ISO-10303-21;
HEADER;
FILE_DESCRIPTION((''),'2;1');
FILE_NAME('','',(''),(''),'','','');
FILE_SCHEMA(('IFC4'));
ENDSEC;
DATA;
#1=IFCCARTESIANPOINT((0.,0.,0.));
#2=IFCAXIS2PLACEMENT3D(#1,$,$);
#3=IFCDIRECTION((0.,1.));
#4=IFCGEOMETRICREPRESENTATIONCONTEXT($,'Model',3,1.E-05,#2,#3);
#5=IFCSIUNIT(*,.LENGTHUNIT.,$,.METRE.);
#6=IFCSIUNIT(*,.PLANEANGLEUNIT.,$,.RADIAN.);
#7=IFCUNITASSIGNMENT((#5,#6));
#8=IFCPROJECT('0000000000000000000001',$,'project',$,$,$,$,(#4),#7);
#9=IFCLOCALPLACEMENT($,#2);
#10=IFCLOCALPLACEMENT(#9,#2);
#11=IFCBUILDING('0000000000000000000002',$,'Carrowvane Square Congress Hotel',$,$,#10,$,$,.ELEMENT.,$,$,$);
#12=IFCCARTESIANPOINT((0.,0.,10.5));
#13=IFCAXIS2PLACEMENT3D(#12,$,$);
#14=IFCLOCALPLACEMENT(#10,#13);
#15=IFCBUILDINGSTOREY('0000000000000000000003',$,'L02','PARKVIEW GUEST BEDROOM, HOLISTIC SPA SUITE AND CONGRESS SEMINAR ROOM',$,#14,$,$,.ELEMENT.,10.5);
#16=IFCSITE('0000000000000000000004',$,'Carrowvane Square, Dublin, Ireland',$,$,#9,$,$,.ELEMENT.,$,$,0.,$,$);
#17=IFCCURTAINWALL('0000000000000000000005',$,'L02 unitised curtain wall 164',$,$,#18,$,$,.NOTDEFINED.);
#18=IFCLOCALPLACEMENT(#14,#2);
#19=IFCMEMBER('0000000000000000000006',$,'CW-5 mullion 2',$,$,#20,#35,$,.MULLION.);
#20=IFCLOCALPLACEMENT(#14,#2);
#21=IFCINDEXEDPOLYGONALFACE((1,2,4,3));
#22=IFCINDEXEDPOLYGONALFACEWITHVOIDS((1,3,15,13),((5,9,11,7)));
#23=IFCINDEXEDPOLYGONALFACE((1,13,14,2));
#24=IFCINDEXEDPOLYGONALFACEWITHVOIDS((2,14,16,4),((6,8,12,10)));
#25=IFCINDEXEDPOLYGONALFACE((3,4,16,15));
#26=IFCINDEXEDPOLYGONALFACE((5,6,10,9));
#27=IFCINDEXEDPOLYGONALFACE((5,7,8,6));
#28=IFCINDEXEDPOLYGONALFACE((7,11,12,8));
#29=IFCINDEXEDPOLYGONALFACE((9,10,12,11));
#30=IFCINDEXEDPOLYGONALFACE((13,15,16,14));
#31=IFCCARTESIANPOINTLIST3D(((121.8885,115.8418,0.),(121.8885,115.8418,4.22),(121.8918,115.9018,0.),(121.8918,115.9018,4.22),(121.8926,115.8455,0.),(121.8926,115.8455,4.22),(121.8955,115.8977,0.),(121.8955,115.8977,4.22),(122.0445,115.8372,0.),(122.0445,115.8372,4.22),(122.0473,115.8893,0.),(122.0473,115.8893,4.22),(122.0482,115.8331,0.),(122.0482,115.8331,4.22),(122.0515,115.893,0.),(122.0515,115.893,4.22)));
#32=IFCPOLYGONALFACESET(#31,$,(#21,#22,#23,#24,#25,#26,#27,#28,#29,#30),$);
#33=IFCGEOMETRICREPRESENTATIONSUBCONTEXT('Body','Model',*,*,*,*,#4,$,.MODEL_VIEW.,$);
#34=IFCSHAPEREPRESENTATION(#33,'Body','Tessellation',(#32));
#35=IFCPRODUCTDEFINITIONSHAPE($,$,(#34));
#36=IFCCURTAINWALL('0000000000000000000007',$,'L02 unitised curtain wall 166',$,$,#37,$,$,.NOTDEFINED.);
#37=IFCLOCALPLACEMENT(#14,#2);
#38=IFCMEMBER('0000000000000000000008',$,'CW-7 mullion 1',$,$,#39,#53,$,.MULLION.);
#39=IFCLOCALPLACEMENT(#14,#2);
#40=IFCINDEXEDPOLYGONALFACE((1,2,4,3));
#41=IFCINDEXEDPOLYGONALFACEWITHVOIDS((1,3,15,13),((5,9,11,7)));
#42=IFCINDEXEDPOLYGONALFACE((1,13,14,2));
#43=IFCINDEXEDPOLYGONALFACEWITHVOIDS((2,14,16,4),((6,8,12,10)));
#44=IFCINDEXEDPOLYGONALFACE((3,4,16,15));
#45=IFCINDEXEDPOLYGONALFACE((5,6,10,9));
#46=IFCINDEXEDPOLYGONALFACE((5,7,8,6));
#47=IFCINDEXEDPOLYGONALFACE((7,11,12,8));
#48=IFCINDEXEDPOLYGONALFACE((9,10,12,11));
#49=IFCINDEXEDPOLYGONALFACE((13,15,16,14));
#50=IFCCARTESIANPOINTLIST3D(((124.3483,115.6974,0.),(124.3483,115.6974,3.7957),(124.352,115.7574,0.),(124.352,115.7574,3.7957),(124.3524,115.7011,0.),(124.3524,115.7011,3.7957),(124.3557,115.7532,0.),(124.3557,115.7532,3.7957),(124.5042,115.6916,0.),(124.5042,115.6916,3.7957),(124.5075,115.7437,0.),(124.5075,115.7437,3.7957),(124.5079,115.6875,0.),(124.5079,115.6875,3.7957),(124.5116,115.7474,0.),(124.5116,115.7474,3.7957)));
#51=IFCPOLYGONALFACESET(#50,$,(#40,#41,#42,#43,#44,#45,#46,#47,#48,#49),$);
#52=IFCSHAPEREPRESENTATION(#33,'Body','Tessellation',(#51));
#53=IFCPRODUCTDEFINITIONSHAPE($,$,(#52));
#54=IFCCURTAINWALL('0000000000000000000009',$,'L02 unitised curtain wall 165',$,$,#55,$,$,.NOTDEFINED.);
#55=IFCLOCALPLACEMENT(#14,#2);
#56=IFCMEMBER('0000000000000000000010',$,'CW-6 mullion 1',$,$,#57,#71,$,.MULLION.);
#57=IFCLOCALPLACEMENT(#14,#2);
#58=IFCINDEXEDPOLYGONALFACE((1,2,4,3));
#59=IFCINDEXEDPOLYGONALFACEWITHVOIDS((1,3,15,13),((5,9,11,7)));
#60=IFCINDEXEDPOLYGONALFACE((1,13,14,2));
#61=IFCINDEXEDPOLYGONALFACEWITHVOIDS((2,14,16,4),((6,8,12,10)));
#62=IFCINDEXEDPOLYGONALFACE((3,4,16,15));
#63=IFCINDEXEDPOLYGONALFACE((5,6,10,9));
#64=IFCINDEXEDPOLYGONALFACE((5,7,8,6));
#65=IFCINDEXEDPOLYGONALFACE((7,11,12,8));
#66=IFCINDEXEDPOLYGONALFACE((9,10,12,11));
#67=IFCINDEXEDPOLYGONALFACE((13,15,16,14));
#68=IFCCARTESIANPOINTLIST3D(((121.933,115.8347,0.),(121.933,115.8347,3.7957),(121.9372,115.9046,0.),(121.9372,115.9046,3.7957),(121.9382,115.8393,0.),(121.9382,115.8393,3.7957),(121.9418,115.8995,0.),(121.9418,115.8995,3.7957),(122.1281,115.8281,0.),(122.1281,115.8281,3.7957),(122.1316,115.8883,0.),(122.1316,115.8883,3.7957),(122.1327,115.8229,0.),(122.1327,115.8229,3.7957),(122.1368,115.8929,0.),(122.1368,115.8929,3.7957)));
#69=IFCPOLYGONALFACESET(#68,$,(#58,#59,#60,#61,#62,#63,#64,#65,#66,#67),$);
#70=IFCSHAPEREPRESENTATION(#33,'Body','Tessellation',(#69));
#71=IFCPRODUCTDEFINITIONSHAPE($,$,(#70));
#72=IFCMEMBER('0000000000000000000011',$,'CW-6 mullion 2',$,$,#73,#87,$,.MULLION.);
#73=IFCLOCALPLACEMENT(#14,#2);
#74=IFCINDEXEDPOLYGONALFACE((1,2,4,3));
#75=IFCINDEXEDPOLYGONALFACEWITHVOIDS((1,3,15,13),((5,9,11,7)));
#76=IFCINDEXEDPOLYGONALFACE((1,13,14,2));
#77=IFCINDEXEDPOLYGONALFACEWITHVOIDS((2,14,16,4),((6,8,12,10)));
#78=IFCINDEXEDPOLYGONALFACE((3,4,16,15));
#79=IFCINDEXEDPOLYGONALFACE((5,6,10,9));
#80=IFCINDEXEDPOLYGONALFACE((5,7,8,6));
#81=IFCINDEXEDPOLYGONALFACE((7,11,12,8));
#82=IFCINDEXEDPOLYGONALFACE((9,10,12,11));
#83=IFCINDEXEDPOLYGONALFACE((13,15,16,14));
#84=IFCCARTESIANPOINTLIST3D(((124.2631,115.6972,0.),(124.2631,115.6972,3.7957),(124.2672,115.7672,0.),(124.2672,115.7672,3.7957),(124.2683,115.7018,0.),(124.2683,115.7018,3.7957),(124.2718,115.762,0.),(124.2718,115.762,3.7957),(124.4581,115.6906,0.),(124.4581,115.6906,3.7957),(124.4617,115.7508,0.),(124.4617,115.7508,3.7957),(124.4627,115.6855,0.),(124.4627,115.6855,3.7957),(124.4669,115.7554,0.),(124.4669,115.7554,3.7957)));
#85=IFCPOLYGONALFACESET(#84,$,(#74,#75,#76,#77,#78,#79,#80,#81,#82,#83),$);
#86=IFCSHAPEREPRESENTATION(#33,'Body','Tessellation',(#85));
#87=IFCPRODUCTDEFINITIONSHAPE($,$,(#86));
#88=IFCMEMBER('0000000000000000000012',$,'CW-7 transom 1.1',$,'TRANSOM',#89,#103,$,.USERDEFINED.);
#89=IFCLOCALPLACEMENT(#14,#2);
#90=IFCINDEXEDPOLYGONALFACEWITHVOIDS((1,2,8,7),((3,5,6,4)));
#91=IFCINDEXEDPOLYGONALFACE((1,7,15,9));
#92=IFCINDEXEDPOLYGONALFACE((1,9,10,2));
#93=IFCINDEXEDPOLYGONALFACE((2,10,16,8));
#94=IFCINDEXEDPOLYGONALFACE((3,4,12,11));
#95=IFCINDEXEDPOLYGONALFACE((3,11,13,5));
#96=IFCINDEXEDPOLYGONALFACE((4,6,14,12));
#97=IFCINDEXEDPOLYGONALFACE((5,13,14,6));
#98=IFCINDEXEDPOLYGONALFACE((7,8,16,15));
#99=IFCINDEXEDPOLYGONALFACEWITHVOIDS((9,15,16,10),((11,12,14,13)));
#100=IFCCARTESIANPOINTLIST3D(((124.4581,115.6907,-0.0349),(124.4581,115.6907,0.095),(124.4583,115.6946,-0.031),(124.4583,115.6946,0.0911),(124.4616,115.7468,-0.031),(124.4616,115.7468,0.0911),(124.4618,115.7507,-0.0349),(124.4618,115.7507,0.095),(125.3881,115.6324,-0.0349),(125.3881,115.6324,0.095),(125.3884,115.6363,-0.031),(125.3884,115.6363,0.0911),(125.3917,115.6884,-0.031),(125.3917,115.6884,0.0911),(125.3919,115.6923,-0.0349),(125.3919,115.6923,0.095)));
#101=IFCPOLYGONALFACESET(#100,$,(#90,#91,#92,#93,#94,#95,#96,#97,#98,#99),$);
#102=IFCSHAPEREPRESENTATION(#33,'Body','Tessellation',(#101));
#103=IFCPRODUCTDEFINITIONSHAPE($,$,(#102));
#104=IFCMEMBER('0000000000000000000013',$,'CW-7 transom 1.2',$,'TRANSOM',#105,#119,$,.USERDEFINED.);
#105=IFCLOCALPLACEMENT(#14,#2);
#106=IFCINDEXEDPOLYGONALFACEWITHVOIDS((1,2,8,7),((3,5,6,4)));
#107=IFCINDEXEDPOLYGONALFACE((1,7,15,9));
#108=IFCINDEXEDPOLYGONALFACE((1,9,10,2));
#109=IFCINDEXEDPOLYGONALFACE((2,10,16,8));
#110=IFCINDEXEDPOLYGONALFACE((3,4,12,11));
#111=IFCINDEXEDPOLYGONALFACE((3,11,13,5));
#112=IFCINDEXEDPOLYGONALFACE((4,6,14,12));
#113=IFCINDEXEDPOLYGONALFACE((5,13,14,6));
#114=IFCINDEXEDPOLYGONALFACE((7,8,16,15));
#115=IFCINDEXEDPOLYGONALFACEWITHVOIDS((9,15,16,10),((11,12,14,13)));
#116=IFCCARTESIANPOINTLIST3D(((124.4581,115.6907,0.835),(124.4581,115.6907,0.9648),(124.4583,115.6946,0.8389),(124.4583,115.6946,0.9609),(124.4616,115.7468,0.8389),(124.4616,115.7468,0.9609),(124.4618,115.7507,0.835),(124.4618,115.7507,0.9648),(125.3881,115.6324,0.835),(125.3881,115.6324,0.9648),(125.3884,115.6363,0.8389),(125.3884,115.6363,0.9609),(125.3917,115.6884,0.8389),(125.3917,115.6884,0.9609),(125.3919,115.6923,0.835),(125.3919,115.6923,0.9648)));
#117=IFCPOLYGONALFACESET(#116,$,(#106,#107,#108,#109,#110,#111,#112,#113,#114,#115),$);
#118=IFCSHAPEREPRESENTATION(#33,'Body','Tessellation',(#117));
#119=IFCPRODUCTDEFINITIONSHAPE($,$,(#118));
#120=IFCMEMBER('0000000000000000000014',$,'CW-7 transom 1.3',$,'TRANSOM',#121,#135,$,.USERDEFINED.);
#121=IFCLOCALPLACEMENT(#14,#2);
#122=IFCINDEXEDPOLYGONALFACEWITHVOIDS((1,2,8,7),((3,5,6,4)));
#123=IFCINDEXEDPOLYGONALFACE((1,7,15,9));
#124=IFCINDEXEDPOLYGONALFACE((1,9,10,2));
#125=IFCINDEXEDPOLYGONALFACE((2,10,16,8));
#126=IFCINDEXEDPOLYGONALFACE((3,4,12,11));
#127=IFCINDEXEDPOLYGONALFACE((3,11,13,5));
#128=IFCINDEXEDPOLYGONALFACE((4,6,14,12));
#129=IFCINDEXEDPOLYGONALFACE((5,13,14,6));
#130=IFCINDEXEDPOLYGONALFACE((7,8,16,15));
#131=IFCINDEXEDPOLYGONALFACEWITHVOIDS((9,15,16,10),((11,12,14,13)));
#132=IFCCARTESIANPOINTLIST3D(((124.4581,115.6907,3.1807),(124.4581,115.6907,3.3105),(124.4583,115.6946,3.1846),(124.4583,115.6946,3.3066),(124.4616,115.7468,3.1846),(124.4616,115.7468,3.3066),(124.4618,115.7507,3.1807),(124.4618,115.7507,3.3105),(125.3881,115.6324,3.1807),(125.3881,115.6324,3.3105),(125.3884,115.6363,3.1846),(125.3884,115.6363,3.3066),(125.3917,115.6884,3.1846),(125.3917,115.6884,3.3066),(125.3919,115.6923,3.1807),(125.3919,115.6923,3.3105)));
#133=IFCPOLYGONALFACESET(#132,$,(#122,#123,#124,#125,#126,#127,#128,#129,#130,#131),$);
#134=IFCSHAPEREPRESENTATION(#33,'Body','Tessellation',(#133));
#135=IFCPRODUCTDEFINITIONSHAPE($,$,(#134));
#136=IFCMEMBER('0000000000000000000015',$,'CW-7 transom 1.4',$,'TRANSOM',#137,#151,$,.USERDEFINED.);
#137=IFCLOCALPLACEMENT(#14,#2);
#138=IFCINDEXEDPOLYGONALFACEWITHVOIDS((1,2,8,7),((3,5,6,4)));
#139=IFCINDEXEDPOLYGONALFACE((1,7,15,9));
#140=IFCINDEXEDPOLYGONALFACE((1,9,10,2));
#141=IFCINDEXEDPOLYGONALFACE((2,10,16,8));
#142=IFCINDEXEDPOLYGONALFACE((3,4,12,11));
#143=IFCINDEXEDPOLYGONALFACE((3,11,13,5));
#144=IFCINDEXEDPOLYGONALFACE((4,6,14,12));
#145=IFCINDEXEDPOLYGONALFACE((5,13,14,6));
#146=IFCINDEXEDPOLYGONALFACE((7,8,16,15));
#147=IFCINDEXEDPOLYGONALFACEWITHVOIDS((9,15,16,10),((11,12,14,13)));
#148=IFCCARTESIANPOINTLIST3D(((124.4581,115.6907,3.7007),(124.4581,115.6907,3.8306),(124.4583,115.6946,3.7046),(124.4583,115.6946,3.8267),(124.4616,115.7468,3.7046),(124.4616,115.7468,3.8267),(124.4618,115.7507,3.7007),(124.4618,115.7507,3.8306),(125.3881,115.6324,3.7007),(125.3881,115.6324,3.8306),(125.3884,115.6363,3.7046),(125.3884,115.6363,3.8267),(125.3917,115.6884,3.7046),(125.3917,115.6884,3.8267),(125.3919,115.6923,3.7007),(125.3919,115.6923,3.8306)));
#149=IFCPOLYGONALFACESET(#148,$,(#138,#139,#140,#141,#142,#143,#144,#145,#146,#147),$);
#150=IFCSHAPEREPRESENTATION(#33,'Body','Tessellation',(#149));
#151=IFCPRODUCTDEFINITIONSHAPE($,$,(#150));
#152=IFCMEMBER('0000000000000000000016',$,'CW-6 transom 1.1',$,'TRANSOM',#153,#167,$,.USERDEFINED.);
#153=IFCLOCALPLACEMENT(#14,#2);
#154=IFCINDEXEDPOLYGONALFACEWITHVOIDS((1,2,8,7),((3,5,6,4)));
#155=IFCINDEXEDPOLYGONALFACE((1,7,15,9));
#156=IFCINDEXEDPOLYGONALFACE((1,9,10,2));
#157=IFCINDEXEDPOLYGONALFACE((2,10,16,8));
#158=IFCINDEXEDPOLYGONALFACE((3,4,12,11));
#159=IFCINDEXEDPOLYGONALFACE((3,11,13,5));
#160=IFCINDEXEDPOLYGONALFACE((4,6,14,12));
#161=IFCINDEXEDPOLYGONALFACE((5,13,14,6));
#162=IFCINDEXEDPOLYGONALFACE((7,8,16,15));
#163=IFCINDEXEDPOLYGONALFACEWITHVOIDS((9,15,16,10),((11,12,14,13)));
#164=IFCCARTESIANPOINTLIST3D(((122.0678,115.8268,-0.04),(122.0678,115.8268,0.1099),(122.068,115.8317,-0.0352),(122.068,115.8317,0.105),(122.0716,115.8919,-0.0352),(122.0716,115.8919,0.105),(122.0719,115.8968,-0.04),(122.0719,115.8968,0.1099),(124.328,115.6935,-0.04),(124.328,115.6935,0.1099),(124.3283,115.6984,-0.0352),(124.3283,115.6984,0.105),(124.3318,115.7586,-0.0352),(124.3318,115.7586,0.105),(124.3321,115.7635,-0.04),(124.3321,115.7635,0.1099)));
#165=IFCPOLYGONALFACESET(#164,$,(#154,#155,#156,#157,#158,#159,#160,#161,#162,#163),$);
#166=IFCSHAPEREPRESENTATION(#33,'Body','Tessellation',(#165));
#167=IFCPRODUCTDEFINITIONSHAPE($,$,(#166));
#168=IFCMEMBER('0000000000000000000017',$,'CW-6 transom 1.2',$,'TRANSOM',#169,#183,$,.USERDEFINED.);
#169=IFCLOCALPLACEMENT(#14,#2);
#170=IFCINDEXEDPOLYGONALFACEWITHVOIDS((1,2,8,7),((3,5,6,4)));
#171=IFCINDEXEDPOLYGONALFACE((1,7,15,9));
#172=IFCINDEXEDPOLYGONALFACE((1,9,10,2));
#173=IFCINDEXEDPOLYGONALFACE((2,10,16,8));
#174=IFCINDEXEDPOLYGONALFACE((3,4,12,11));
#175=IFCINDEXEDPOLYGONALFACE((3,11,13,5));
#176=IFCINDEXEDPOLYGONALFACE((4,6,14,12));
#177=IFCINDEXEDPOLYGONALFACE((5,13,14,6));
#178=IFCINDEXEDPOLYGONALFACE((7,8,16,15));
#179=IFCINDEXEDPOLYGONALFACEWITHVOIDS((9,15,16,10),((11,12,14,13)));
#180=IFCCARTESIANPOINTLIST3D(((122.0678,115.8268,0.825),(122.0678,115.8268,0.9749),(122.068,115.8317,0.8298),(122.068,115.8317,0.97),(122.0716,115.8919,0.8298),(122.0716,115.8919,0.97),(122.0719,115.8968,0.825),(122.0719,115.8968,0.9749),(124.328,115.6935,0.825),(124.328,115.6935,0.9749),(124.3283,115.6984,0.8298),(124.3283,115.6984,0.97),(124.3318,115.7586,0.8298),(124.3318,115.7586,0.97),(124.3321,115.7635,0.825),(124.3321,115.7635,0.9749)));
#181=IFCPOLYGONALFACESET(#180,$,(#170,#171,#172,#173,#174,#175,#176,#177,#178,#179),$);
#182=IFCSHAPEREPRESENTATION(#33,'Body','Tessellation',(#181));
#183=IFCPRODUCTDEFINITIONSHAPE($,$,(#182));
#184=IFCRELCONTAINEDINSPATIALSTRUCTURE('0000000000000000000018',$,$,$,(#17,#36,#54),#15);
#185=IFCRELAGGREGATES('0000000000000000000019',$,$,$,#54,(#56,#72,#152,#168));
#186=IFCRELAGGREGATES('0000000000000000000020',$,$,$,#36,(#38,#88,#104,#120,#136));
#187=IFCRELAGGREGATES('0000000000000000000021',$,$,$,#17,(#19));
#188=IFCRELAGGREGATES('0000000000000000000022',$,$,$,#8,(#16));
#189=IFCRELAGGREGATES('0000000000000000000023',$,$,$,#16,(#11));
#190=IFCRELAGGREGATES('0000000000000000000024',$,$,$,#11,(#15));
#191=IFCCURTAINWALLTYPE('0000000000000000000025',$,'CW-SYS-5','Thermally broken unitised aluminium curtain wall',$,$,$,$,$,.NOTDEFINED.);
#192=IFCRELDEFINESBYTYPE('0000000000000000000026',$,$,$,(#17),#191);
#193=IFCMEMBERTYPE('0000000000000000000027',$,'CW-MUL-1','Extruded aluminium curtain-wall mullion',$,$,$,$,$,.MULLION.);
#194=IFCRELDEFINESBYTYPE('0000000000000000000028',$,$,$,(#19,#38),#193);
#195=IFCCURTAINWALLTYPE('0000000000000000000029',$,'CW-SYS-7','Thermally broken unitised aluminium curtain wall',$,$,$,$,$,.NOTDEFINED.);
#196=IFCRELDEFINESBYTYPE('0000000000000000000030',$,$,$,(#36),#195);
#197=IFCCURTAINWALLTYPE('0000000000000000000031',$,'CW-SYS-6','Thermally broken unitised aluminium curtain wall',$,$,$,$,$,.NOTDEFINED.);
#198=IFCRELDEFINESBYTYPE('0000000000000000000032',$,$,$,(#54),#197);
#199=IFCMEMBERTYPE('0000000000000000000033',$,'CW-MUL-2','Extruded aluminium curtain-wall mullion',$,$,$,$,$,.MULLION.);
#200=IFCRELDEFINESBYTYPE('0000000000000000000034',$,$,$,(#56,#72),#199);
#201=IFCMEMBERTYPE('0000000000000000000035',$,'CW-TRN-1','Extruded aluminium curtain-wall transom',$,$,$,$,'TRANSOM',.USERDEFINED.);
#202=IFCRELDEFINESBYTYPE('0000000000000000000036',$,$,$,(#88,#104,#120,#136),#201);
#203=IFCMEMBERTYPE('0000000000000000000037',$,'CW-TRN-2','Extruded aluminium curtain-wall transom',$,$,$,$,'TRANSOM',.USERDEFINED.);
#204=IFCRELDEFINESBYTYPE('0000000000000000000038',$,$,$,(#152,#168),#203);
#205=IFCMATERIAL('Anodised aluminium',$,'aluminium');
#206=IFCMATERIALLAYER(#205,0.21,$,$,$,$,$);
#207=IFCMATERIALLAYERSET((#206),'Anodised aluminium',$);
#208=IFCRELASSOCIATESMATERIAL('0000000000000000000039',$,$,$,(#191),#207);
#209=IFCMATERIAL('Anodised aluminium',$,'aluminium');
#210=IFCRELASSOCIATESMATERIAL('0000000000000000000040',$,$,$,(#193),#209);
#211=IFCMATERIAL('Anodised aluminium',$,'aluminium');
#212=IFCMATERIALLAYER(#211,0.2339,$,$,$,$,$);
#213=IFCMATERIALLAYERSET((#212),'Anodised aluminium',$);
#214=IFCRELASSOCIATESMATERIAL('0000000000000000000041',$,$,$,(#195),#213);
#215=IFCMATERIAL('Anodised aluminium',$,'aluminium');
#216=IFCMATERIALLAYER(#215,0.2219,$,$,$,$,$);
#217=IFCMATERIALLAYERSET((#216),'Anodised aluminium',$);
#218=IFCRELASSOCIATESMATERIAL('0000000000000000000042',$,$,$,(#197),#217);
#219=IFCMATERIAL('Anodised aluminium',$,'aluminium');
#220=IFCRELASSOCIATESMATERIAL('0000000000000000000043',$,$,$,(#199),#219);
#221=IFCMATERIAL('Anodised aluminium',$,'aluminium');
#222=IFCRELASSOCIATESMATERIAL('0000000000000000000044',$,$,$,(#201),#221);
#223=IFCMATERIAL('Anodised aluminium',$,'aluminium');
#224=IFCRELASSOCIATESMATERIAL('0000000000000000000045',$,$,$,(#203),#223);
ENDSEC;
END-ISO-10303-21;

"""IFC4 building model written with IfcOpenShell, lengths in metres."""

from ifc_helpers import new_model, si_unit, direction, frame, origin, origin_2d, place, context, subcontext, project, spatial, hollow_rectangle, extrude, material, layer, layer_set, material_profile, profile_set, type_object, element, aggregate, save


model = new_model("IFC4")

# Units and contexts
model_context = context("Model", 3, precision=1e-05, world=origin(), true_north=direction((0.0, 1.0)))
body_context = subcontext(model_context, "Body", "Model", "MODEL_VIEW")
ifc_project = project(units=[si_unit("LENGTHUNIT", "METRE"), si_unit("PLANEANGLEUNIT", "RADIAN")], contexts=[model_context])

# Site, building, storey
site_placement = place(None, origin())
site = spatial("IfcSite", under=ifc_project, at=site_placement, Name="Carrowvane Square, Dublin, Ireland", CompositionType="ELEMENT", RefElevation=0.0)
building_placement = place(site_placement, origin())
building = spatial("IfcBuilding", under=site, at=building_placement, Name="Carrowvane Square Congress Hotel", CompositionType="ELEMENT")
storey_placement = place(building_placement, frame((0.0, 0.0, 10.5)))
storey = spatial("IfcBuildingStorey", under=building, at=storey_placement, Name="L02", Description="PARKVIEW GUEST BEDROOM, HOLISTIC SPA SUITE AND CONGRESS SEMINAR ROOM", CompositionType="ELEMENT", Elevation=10.5)

# Curtain walls, members
ifc_material_1 = material(Name="Anodised aluminium", Category="aluminium")
ifc_layer_1 = layer(ifc_material_1, 0.21)
ifc_layer_set_1 = layer_set([ifc_layer_1], Name="Anodised aluminium")
curtain_wall_type_1 = type_object("IfcCurtainWallType", Name="CW-SYS-5", Description="Thermally broken unitised aluminium curtain wall", PredefinedType="NOTDEFINED", material=ifc_layer_set_1)
curtain_wall_1_placement = place(storey_placement, origin())
curtain_wall_1 = element("IfcCurtainWall", 1, at=curtain_wall_1_placement, inside=storey, type_object=curtain_wall_type_1, Name="L02 unitised curtain wall 164", PredefinedType="NOTDEFINED")
ifc_material_2 = material(Name="Anodised aluminium", Category="aluminium")
ifc_material_profile_1 = material_profile(ifc_material_2, hollow_rectangle(XDim=0.0601, YDim=0.1599, WallThickness=0.0039, at=origin_2d()), Name="CW-ML 60x160x4")
ifc_profile_set_1 = profile_set([ifc_material_profile_1], Name="Anodised aluminium")
member_type_1 = type_object("IfcMemberType", Name="CW-MUL-1", Description="Extruded aluminium curtain-wall mullion", PredefinedType="MULLION", material=ifc_profile_set_1)
member_1_placement = place(storey_placement, frame((121.97, 115.8674, 0.0), z_axis=(0.0, 0.0, 1.0), x_axis=(0.054816, 0.998496, 0.0)))
member_1 = element("IfcMember", 2, at=member_1_placement, type_object=member_type_1, Name="CW-5 mullion 2", PredefinedType="MULLION", context=body_context, shape_type="SweptSolid", body=[
    extrude(hollow_rectangle(XDim=0.0601, YDim=0.1599, WallThickness=0.0039, at=origin_2d()), origin(), (0.0, 0.0, 1.0), 4.22),
])
ifc_material_3 = material(Name="Anodised aluminium", Category="aluminium")
ifc_layer_2 = layer(ifc_material_3, 0.2339)
ifc_layer_set_2 = layer_set([ifc_layer_2], Name="Anodised aluminium")
curtain_wall_type_2 = type_object("IfcCurtainWallType", Name="CW-SYS-7", Description="Thermally broken unitised aluminium curtain wall", PredefinedType="NOTDEFINED", material=ifc_layer_set_2)
curtain_wall_2_placement = place(storey_placement, origin())
curtain_wall_2 = element("IfcCurtainWall", 3, at=curtain_wall_2_placement, inside=storey, type_object=curtain_wall_type_2, Name="L02 unitised curtain wall 166", PredefinedType="NOTDEFINED")
member_2_placement = place(storey_placement, frame((124.4299, 115.7224, 0.0), z_axis=(0.0, 0.0, 1.0), x_axis=(0.062397, 0.998051, 0.0)))
member_2 = element("IfcMember", 4, at=member_2_placement, type_object=member_type_1, Name="CW-7 mullion 1", PredefinedType="MULLION", context=body_context, shape_type="SweptSolid", body=[
    extrude(hollow_rectangle(XDim=0.0601, YDim=0.1599, WallThickness=0.0039, at=origin_2d()), origin(), (0.0, 0.0, 1.0), 3.7957),
])

# Curtain wall, members
ifc_material_4 = material(Name="Anodised aluminium", Category="aluminium")
ifc_layer_3 = layer(ifc_material_4, 0.2219)
ifc_layer_set_3 = layer_set([ifc_layer_3], Name="Anodised aluminium")
curtain_wall_type_3 = type_object("IfcCurtainWallType", Name="CW-SYS-6", Description="Thermally broken unitised aluminium curtain wall", PredefinedType="NOTDEFINED", material=ifc_layer_set_3)
curtain_wall_3_placement = place(storey_placement, origin())
curtain_wall_3 = element("IfcCurtainWall", 5, at=curtain_wall_3_placement, inside=storey, type_object=curtain_wall_type_3, Name="L02 unitised curtain wall 165", PredefinedType="NOTDEFINED")
ifc_material_5 = material(Name="Anodised aluminium", Category="aluminium")
ifc_material_profile_2 = material_profile(ifc_material_5, hollow_rectangle(XDim=0.0701, YDim=0.2, WallThickness=0.0049, at=origin_2d()), Name="CW-ML 70x200x5")
ifc_profile_set_2 = profile_set([ifc_material_profile_2], Name="Anodised aluminium")
member_type_2 = type_object("IfcMemberType", Name="CW-MUL-2", Description="Extruded aluminium curtain-wall mullion", PredefinedType="MULLION", material=ifc_profile_set_2)
member_3_placement = place(storey_placement, frame((122.0349, 115.8638, 0.0), z_axis=(0.0, 0.0, 1.0), x_axis=(0.058851, 0.998267, 0.0)))
member_3 = element("IfcMember", 6, at=member_3_placement, type_object=member_type_2, Name="CW-6 mullion 1", PredefinedType="MULLION", context=body_context, shape_type="SweptSolid", body=[
    extrude(hollow_rectangle(XDim=0.0701, YDim=0.2, WallThickness=0.0049, at=origin_2d()), origin(), (0.0, 0.0, 1.0), 3.7957),
])
member_4_placement = place(storey_placement, frame((124.365, 115.7263, 0.0), z_axis=(0.0, 0.0, 1.0), x_axis=(0.058851, 0.998267, 0.0)))
member_4 = element("IfcMember", 7, at=member_4_placement, type_object=member_type_2, Name="CW-6 mullion 2", PredefinedType="MULLION", context=body_context, shape_type="SweptSolid", body=[
    extrude(hollow_rectangle(XDim=0.0701, YDim=0.2, WallThickness=0.0049, at=origin_2d()), origin(), (0.0, 0.0, 1.0), 3.7957),
])

# Members
ifc_material_6 = material(Name="Anodised aluminium", Category="aluminium")
ifc_material_profile_3 = material_profile(ifc_material_6, hollow_rectangle(XDim=0.0601, YDim=0.1299, WallThickness=0.0039, at=origin_2d()), Name="CW-TR 60x130x4")
ifc_profile_set_3 = profile_set([ifc_material_profile_3], Name="Anodised aluminium")
member_type_3 = type_object("IfcMemberType", Name="CW-TRN-1", Description="Extruded aluminium curtain-wall transom", ElementType="TRANSOM", PredefinedType="USERDEFINED", material=ifc_profile_set_3)
member_5_placement = place(storey_placement, frame((124.46, 115.7207, 0.03), z_axis=(0.998038, -0.062607, 0.0), x_axis=(0.062607, 0.998038, 0.0)))
member_5 = element("IfcMember", 8, at=member_5_placement, type_object=member_type_3, Name="CW-7 transom 1.1", ObjectType="TRANSOM", PredefinedType="USERDEFINED", context=body_context, shape_type="SweptSolid", body=[
    extrude(hollow_rectangle(XDim=0.0601, YDim=0.1299, WallThickness=0.0039, at=origin_2d()), origin(), (0.0, 0.0, 1.0), 0.9319),
])
member_6_placement = place(storey_placement, frame((124.46, 115.7207, 0.8999), z_axis=(0.998038, -0.062607, 0.0), x_axis=(0.062607, 0.998038, 0.0)))
member_6 = element("IfcMember", 9, at=member_6_placement, type_object=member_type_3, Name="CW-7 transom 1.2", ObjectType="TRANSOM", PredefinedType="USERDEFINED", context=body_context, shape_type="SweptSolid", body=[
    extrude(hollow_rectangle(XDim=0.0601, YDim=0.1299, WallThickness=0.0039, at=origin_2d()), origin(), (0.0, 0.0, 1.0), 0.9319),
])
member_7_placement = place(storey_placement, frame((124.46, 115.7207, 3.2456), z_axis=(0.998038, -0.062607, 0.0), x_axis=(0.062607, 0.998038, 0.0)))
member_7 = element("IfcMember", 10, at=member_7_placement, type_object=member_type_3, Name="CW-7 transom 1.3", ObjectType="TRANSOM", PredefinedType="USERDEFINED", context=body_context, shape_type="SweptSolid", body=[
    extrude(hollow_rectangle(XDim=0.0601, YDim=0.1299, WallThickness=0.0039, at=origin_2d()), origin(), (0.0, 0.0, 1.0), 0.9319),
])
member_8_placement = place(storey_placement, frame((124.46, 115.7207, 3.7656), z_axis=(0.998038, -0.062607, 0.0), x_axis=(0.062607, 0.998038, 0.0)))
member_8 = element("IfcMember", 11, at=member_8_placement, type_object=member_type_3, Name="CW-7 transom 1.4", ObjectType="TRANSOM", PredefinedType="USERDEFINED", context=body_context, shape_type="SweptSolid", body=[
    extrude(hollow_rectangle(XDim=0.0601, YDim=0.1299, WallThickness=0.0039, at=origin_2d()), origin(), (0.0, 0.0, 1.0), 0.9319),
])
ifc_material_7 = material(Name="Anodised aluminium", Category="aluminium")
ifc_material_profile_4 = material_profile(ifc_material_7, hollow_rectangle(XDim=0.0701, YDim=0.1499, WallThickness=0.0049, at=origin_2d()), Name="CW-TR 70x150x5")
ifc_profile_set_4 = profile_set([ifc_material_profile_4], Name="Anodised aluminium")
member_type_4 = type_object("IfcMemberType", Name="CW-TRN-2", Description="Extruded aluminium curtain-wall transom", ElementType="TRANSOM", PredefinedType="USERDEFINED", material=ifc_profile_set_4)
member_9_placement = place(storey_placement, frame((122.0698, 115.8618, 0.0349), z_axis=(0.998265, -0.058874, 0.0), x_axis=(0.058874, 0.998265, 0.0)))
member_9 = element("IfcMember", 12, at=member_9_placement, type_object=member_type_4, Name="CW-6 transom 1.1", ObjectType="TRANSOM", PredefinedType="USERDEFINED", context=body_context, shape_type="SweptSolid", body=[
    extrude(hollow_rectangle(XDim=0.0701, YDim=0.1499, WallThickness=0.0049, at=origin_2d()), origin(), (0.0, 0.0, 1.0), 2.2642),
])
member_10_placement = place(storey_placement, frame((122.0698, 115.8618, 0.8999), z_axis=(0.998265, -0.058874, 0.0), x_axis=(0.058874, 0.998265, 0.0)))
member_10 = element("IfcMember", 13, at=member_10_placement, type_object=member_type_4, Name="CW-6 transom 1.2", ObjectType="TRANSOM", PredefinedType="USERDEFINED", context=body_context, shape_type="SweptSolid", body=[
    extrude(hollow_rectangle(XDim=0.0701, YDim=0.1499, WallThickness=0.0049, at=origin_2d()), origin(), (0.0, 0.0, 1.0), 2.2642),
])

aggregate(curtain_wall_3, [member_3, member_4, member_9, member_10])
aggregate(curtain_wall_2, [member_2, member_5, member_6, member_7, member_8])
aggregate(curtain_wall_1, [member_1])

save(model, "model.ifc")
